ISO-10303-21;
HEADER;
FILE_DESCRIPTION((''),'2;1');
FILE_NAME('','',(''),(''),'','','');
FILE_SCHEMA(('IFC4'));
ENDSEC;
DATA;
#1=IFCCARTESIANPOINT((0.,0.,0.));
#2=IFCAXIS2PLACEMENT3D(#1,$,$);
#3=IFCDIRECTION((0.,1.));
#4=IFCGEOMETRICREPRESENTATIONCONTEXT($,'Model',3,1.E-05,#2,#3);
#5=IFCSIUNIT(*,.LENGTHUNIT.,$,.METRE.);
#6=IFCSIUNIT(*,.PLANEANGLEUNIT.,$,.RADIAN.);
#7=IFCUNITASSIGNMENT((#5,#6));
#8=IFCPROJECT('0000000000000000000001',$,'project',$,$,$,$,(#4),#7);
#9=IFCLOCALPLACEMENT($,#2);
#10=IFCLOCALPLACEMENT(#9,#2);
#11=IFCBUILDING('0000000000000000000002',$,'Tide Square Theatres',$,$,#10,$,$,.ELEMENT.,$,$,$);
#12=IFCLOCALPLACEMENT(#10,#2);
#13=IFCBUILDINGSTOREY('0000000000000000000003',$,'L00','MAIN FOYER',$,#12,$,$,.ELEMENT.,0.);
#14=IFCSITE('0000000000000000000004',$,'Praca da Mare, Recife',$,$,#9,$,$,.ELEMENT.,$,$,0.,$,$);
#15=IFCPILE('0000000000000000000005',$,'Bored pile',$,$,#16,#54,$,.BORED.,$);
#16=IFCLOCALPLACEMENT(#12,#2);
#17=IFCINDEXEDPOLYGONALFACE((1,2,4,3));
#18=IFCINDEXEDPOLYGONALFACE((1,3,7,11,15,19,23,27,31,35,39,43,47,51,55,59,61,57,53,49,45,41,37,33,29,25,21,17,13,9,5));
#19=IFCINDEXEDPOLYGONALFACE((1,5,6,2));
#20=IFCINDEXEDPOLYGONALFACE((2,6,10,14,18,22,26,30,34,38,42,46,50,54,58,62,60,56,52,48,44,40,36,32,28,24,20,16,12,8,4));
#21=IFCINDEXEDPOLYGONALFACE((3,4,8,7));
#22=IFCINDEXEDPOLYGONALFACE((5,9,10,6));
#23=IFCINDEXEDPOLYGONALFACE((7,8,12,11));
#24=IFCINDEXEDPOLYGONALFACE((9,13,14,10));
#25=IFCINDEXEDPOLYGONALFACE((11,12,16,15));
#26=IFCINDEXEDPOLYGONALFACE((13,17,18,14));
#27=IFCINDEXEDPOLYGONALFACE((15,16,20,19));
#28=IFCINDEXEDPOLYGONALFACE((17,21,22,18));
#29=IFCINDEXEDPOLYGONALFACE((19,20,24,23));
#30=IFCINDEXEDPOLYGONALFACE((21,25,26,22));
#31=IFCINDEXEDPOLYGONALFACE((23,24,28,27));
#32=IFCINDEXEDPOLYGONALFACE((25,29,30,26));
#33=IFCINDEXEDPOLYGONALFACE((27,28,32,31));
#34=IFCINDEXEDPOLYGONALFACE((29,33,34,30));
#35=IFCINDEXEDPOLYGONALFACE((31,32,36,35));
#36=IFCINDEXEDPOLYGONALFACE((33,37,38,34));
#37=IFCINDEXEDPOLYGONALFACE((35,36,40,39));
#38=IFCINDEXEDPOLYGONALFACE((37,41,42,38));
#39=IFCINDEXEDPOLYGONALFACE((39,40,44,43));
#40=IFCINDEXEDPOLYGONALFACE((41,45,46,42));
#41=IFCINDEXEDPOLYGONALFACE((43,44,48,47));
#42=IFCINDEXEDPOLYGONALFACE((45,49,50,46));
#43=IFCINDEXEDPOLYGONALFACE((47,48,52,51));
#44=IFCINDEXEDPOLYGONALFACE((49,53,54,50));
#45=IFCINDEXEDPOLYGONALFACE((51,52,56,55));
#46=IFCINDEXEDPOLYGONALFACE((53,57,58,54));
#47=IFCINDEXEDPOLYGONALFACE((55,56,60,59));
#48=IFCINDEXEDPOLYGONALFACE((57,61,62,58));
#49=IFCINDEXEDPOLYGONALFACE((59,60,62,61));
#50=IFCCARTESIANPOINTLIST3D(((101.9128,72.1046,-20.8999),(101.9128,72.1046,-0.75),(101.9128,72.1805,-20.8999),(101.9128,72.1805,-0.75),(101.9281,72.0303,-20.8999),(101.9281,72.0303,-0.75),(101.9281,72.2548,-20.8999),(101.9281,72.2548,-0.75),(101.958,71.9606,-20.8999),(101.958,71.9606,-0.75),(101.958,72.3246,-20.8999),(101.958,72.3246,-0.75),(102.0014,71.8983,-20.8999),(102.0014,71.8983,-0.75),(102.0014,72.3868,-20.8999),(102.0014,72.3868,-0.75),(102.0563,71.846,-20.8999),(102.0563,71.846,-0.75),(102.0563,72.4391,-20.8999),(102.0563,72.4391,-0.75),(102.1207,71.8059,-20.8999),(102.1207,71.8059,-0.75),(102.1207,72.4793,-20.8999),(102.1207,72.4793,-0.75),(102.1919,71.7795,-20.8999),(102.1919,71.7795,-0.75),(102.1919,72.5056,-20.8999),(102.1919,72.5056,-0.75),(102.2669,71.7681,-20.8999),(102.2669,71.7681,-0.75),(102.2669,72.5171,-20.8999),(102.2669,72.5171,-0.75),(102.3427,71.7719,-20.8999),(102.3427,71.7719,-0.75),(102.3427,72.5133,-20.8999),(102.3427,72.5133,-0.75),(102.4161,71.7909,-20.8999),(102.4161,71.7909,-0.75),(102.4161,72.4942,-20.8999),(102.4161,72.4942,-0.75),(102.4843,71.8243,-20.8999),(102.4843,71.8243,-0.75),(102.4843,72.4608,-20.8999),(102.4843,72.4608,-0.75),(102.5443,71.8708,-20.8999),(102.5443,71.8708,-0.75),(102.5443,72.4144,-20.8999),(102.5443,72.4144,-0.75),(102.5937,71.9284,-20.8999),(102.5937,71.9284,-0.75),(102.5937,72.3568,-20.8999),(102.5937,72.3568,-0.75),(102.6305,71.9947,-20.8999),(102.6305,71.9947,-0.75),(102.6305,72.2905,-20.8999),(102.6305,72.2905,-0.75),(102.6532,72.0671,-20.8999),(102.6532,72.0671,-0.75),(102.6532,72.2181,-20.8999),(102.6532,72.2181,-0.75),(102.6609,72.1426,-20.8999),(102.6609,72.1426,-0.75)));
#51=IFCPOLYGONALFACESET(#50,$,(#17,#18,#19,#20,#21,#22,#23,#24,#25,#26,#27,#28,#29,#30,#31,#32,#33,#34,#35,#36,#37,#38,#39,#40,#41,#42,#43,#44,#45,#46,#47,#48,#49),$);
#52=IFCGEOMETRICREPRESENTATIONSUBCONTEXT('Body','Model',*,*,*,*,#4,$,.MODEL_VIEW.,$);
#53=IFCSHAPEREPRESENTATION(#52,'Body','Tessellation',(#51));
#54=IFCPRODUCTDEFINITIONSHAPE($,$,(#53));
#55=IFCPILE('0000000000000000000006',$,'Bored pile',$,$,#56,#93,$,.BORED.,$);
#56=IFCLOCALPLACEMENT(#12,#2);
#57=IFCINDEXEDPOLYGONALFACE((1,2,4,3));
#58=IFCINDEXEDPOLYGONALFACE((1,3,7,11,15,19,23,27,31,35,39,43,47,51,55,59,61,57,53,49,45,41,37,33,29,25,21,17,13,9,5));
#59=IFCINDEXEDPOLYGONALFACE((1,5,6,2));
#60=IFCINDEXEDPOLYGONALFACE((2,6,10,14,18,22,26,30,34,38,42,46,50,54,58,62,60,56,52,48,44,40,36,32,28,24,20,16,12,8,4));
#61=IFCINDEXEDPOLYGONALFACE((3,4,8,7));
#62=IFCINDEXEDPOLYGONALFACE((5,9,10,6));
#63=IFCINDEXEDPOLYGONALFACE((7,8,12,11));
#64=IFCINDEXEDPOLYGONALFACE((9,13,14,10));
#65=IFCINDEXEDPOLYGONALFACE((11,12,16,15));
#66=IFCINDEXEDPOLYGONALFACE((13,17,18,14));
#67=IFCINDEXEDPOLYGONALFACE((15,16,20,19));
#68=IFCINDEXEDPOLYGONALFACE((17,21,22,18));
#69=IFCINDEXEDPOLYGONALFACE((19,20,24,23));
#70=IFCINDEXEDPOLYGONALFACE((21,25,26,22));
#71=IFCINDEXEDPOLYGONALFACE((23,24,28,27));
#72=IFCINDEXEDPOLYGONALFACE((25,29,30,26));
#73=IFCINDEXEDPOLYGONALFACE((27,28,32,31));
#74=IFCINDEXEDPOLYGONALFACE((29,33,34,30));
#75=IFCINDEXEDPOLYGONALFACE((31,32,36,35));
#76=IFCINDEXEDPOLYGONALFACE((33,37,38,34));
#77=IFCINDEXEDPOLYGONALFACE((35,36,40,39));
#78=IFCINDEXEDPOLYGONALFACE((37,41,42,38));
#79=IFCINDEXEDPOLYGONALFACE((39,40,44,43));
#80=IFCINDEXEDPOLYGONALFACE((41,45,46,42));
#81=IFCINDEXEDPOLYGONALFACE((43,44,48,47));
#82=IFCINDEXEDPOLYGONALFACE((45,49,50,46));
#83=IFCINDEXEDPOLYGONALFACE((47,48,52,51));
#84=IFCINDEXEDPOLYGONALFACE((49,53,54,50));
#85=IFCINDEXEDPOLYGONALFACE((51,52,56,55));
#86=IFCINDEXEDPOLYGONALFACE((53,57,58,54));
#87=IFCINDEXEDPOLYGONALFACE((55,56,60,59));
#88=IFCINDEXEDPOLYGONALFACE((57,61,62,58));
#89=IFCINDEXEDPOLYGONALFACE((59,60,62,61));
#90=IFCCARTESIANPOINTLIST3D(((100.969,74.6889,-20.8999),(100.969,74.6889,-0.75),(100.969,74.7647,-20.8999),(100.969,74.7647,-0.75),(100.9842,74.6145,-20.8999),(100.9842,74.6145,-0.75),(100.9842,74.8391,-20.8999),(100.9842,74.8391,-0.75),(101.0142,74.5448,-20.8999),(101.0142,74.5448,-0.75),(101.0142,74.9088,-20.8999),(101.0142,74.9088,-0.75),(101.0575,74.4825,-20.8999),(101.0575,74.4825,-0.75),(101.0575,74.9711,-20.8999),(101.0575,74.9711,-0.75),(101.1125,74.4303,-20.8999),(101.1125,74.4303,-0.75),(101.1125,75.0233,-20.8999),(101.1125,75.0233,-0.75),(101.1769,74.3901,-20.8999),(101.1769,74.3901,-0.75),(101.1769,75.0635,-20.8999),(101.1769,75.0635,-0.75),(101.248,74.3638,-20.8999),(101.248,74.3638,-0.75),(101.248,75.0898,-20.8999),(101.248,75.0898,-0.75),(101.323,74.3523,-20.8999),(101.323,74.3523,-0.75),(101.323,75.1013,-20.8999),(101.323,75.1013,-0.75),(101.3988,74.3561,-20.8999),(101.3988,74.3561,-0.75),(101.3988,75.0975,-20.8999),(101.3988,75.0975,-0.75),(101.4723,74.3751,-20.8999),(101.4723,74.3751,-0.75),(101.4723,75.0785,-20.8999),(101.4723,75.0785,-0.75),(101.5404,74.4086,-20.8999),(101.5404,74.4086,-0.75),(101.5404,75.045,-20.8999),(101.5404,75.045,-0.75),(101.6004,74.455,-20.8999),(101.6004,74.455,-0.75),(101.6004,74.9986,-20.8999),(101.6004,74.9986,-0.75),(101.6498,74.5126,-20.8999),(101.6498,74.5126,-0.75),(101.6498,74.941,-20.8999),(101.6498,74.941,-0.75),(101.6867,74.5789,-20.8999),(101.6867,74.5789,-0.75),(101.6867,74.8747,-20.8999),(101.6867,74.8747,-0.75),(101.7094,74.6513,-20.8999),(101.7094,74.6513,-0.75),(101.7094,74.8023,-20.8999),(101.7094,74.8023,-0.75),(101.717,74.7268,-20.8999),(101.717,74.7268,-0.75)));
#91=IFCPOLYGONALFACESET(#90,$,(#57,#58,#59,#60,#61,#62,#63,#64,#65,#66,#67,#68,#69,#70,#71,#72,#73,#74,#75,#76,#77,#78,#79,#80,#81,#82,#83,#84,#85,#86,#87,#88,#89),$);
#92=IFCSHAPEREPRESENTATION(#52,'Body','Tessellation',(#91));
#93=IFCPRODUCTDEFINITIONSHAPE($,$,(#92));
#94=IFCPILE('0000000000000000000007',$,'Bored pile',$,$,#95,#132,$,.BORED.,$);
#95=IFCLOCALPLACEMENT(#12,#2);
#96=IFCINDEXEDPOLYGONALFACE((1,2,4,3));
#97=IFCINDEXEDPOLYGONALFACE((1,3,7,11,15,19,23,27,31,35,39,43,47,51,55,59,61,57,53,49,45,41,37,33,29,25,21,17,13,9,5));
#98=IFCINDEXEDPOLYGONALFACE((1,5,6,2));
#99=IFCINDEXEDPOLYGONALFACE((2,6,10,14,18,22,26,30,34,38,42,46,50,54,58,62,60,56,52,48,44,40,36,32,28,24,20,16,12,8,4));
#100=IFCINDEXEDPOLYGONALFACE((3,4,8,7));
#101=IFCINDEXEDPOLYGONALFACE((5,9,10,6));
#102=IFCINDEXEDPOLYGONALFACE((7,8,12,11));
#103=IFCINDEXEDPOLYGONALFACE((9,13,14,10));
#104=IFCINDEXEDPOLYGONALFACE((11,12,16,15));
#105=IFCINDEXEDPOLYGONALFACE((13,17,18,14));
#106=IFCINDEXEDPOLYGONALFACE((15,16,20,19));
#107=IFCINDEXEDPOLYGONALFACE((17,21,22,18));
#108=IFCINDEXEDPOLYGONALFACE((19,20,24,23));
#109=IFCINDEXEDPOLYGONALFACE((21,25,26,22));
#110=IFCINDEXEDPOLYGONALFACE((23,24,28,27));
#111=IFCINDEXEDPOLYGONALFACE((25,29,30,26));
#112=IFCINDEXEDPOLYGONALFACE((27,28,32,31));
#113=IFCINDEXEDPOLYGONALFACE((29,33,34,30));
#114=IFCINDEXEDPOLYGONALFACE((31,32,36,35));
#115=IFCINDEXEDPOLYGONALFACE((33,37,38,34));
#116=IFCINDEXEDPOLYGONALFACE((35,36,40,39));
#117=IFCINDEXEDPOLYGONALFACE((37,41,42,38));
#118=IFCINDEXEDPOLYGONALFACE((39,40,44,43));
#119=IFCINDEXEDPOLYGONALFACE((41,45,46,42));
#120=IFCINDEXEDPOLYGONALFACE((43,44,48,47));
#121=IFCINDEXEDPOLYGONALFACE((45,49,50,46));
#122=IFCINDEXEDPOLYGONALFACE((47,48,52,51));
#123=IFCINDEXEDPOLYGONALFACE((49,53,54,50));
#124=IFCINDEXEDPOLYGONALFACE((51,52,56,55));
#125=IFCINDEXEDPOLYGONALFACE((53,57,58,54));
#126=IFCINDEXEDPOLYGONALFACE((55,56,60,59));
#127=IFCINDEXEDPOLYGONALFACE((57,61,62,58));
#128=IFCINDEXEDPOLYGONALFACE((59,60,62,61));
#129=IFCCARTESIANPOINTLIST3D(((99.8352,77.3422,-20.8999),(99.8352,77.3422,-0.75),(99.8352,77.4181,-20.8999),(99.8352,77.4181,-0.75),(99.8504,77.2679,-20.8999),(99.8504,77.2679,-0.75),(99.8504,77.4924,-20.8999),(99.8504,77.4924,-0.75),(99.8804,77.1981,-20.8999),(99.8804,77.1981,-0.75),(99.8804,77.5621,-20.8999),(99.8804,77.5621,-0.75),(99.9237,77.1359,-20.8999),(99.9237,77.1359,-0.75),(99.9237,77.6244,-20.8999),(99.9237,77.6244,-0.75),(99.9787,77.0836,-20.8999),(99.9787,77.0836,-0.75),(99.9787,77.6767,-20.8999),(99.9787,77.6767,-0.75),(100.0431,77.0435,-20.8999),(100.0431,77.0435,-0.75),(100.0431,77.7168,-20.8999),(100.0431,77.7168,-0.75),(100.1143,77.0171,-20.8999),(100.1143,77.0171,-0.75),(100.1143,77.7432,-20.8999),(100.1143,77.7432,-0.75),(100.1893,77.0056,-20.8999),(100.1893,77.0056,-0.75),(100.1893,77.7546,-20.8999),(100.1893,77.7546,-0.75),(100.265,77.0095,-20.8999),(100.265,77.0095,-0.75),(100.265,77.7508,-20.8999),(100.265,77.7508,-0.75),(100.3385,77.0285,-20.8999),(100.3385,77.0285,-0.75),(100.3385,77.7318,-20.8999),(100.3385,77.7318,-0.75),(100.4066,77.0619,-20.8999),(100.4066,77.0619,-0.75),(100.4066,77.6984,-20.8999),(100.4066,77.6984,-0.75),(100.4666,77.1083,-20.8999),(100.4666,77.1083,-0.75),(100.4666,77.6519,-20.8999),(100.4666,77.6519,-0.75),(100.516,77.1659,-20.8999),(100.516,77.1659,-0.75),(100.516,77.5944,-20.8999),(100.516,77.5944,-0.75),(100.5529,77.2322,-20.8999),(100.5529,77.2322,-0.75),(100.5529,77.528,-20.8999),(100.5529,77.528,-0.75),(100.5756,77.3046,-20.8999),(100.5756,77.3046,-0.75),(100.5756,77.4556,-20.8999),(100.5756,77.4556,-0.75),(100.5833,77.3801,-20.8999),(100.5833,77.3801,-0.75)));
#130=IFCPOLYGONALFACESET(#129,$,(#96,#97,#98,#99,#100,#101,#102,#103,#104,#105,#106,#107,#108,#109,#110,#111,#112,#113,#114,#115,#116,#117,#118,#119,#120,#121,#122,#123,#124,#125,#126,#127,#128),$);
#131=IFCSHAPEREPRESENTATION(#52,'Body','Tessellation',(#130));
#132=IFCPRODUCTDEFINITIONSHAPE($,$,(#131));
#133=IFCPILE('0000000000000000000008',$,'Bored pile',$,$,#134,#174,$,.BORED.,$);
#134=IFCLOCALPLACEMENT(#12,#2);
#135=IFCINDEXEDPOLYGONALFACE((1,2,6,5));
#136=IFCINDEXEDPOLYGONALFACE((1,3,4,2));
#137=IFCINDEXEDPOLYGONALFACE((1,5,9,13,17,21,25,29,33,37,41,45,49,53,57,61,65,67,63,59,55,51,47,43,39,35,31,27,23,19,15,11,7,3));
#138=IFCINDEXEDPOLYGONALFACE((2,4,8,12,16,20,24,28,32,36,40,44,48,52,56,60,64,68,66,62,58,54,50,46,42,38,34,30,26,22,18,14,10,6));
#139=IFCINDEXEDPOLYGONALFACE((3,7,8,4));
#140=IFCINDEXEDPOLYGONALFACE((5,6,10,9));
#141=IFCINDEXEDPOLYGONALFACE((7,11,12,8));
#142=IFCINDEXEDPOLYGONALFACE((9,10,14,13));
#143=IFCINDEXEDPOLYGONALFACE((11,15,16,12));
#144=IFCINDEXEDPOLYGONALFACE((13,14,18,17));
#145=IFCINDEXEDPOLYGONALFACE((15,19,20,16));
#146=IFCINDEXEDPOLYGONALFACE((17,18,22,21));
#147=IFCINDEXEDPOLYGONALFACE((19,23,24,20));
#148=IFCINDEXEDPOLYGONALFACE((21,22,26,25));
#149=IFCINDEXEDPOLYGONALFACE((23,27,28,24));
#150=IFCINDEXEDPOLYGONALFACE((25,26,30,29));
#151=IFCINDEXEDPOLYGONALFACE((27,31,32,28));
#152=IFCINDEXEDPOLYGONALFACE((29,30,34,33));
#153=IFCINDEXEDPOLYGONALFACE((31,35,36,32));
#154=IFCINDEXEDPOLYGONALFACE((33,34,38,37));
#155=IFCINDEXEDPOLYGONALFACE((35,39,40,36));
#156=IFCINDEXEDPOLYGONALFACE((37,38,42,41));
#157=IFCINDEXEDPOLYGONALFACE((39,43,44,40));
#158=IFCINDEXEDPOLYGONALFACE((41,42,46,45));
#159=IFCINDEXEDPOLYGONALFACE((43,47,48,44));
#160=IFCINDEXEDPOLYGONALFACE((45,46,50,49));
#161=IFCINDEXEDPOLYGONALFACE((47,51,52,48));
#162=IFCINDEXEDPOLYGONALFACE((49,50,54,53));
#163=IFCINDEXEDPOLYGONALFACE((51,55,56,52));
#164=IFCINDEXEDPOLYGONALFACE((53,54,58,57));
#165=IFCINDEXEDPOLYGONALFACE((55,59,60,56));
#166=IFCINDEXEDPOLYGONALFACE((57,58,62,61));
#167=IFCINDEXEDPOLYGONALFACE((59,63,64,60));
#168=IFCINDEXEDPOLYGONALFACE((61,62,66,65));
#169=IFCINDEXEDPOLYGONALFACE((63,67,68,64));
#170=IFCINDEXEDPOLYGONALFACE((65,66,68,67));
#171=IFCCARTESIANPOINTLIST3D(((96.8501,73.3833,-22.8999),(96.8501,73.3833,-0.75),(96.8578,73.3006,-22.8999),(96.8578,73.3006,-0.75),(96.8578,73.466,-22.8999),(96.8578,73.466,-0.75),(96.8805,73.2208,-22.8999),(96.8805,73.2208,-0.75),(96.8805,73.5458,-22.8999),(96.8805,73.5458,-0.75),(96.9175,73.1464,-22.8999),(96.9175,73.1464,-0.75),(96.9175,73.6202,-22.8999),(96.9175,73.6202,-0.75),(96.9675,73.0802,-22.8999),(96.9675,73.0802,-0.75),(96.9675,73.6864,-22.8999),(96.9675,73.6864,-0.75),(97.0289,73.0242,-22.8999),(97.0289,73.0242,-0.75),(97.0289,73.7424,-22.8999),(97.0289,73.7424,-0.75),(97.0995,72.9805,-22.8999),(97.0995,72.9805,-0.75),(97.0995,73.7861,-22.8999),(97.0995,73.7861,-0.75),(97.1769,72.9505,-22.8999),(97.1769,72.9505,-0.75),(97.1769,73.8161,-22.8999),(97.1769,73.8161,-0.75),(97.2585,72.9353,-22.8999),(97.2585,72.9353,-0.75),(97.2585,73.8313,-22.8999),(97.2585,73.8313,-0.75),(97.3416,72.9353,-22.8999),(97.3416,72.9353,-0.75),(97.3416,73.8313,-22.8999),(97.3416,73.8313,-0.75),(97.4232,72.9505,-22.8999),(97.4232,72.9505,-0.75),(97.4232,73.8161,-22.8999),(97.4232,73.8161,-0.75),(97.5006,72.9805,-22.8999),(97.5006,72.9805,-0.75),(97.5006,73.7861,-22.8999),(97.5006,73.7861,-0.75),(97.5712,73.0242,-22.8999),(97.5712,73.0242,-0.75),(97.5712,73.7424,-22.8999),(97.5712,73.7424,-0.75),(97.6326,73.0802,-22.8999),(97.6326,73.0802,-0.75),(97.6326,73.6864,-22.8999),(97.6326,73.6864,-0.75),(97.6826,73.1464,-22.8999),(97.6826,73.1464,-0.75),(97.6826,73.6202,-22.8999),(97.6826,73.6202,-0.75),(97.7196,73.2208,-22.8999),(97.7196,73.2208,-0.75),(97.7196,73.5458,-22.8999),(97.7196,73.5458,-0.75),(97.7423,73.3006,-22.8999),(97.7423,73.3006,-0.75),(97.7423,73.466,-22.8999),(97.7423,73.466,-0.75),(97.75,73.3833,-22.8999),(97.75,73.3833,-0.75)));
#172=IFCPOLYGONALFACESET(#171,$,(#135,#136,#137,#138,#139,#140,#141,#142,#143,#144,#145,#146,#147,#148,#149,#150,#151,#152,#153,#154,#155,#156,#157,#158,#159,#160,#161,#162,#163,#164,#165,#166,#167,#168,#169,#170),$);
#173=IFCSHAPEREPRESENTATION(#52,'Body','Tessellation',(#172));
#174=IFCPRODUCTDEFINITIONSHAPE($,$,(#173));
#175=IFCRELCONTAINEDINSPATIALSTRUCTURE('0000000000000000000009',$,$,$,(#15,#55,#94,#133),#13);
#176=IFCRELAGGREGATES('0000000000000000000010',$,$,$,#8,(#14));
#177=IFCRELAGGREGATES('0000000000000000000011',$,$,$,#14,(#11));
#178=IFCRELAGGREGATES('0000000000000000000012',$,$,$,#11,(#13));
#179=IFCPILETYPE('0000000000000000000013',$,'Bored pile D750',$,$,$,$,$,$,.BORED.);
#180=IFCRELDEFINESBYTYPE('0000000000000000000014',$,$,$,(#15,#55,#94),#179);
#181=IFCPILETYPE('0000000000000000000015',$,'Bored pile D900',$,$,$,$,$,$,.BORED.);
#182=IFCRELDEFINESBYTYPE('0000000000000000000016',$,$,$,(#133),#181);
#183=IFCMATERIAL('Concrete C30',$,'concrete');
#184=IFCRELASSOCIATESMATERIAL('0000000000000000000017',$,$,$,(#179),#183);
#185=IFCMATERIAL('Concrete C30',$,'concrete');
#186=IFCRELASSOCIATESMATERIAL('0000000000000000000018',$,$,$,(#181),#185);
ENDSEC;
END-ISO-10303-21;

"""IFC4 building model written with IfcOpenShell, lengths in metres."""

from ifc_helpers import new_model, si_unit, direction, frame, origin, origin_2d, place, context, subcontext, project, spatial, circle, extrude, material, material_profile, profile_set, type_object, element, save


model = new_model("IFC4")

# Units and contexts
model_context = context("Model", 3, precision=1e-05, world=origin(), true_north=direction((0.0, 1.0)))
body_context = subcontext(model_context, "Body", "Model", "MODEL_VIEW")
ifc_project = project(units=[si_unit("LENGTHUNIT", "METRE"), si_unit("PLANEANGLEUNIT", "RADIAN")], contexts=[model_context])

# Site, building, storey
site_placement = place(None, origin())
site = spatial("IfcSite", under=ifc_project, at=site_placement, Name="Praca da Mare, Recife", CompositionType="ELEMENT", RefElevation=0.0)
building_placement = place(site_placement, origin())
building = spatial("IfcBuilding", under=site, at=building_placement, Name="Tide Square Theatres", CompositionType="ELEMENT")
storey_placement = place(building_placement, origin())
storey = spatial("IfcBuildingStorey", under=building, at=storey_placement, Name="L00", Description="MAIN FOYER", CompositionType="ELEMENT", Elevation=0.0)

# Piles
ifc_material_1 = material(Name="Concrete C30", Category="concrete")
ifc_material_profile_1 = material_profile(ifc_material_1, circle(Radius=0.375, at=origin_2d()))
ifc_profile_set_1 = profile_set([ifc_material_profile_1], Name="Concrete C30")
pile_type_1 = type_object("IfcPileType", Name="Bored pile D750", PredefinedType="BORED", material=ifc_profile_set_1)
for number, where, z_axis, x_axis, name in (
    (1, (102.2859, 72.1426, -0.75), (0.0, 0.0, -1.0), (1.0, 0.0, 0.0), "Bored pile"),
    (2, (101.342, 74.7268, -0.75), (0.0, 0.0, -1.0), (1.0, 0.0, 0.0), "Bored pile"),
    (3, (100.2083, 77.3801, -0.75), (0.0, 0.0, -1.0), (1.0, 0.0, 0.0), "Bored pile"),
):
    element("IfcPile", number, at=place(storey_placement, frame(where, z_axis=z_axis, x_axis=x_axis)), inside=storey, type_object=pile_type_1, Name=name, PredefinedType="BORED", context=body_context, shape_type="SweptSolid", body=[
        extrude(circle(Radius=0.375, at=origin_2d()), origin(), (0.0, 0.0, 1.0), 20.1499),
    ])
ifc_material_2 = material(Name="Concrete C30", Category="concrete")
ifc_material_profile_2 = material_profile(ifc_material_2, circle(Radius=0.45, at=origin_2d()))
ifc_profile_set_2 = profile_set([ifc_material_profile_2], Name="Concrete C30")
pile_type_2 = type_object("IfcPileType", Name="Bored pile D900", PredefinedType="BORED", material=ifc_profile_set_2)
for number, where, z_axis, x_axis, name in (
    (4, (97.3, 73.3833, -0.75), (0.0, 0.0, -1.0), (1.0, 0.0, 0.0), "Bored pile"),
):
    element("IfcPile", number, at=place(storey_placement, frame(where, z_axis=z_axis, x_axis=x_axis)), inside=storey, type_object=pile_type_2, Name=name, PredefinedType="BORED", context=body_context, shape_type="SweptSolid", body=[
        extrude(circle(Radius=0.45, at=origin_2d()), origin(), (0.0, 0.0, 1.0), 22.1499),
    ])

save(model, "model.ifc")
